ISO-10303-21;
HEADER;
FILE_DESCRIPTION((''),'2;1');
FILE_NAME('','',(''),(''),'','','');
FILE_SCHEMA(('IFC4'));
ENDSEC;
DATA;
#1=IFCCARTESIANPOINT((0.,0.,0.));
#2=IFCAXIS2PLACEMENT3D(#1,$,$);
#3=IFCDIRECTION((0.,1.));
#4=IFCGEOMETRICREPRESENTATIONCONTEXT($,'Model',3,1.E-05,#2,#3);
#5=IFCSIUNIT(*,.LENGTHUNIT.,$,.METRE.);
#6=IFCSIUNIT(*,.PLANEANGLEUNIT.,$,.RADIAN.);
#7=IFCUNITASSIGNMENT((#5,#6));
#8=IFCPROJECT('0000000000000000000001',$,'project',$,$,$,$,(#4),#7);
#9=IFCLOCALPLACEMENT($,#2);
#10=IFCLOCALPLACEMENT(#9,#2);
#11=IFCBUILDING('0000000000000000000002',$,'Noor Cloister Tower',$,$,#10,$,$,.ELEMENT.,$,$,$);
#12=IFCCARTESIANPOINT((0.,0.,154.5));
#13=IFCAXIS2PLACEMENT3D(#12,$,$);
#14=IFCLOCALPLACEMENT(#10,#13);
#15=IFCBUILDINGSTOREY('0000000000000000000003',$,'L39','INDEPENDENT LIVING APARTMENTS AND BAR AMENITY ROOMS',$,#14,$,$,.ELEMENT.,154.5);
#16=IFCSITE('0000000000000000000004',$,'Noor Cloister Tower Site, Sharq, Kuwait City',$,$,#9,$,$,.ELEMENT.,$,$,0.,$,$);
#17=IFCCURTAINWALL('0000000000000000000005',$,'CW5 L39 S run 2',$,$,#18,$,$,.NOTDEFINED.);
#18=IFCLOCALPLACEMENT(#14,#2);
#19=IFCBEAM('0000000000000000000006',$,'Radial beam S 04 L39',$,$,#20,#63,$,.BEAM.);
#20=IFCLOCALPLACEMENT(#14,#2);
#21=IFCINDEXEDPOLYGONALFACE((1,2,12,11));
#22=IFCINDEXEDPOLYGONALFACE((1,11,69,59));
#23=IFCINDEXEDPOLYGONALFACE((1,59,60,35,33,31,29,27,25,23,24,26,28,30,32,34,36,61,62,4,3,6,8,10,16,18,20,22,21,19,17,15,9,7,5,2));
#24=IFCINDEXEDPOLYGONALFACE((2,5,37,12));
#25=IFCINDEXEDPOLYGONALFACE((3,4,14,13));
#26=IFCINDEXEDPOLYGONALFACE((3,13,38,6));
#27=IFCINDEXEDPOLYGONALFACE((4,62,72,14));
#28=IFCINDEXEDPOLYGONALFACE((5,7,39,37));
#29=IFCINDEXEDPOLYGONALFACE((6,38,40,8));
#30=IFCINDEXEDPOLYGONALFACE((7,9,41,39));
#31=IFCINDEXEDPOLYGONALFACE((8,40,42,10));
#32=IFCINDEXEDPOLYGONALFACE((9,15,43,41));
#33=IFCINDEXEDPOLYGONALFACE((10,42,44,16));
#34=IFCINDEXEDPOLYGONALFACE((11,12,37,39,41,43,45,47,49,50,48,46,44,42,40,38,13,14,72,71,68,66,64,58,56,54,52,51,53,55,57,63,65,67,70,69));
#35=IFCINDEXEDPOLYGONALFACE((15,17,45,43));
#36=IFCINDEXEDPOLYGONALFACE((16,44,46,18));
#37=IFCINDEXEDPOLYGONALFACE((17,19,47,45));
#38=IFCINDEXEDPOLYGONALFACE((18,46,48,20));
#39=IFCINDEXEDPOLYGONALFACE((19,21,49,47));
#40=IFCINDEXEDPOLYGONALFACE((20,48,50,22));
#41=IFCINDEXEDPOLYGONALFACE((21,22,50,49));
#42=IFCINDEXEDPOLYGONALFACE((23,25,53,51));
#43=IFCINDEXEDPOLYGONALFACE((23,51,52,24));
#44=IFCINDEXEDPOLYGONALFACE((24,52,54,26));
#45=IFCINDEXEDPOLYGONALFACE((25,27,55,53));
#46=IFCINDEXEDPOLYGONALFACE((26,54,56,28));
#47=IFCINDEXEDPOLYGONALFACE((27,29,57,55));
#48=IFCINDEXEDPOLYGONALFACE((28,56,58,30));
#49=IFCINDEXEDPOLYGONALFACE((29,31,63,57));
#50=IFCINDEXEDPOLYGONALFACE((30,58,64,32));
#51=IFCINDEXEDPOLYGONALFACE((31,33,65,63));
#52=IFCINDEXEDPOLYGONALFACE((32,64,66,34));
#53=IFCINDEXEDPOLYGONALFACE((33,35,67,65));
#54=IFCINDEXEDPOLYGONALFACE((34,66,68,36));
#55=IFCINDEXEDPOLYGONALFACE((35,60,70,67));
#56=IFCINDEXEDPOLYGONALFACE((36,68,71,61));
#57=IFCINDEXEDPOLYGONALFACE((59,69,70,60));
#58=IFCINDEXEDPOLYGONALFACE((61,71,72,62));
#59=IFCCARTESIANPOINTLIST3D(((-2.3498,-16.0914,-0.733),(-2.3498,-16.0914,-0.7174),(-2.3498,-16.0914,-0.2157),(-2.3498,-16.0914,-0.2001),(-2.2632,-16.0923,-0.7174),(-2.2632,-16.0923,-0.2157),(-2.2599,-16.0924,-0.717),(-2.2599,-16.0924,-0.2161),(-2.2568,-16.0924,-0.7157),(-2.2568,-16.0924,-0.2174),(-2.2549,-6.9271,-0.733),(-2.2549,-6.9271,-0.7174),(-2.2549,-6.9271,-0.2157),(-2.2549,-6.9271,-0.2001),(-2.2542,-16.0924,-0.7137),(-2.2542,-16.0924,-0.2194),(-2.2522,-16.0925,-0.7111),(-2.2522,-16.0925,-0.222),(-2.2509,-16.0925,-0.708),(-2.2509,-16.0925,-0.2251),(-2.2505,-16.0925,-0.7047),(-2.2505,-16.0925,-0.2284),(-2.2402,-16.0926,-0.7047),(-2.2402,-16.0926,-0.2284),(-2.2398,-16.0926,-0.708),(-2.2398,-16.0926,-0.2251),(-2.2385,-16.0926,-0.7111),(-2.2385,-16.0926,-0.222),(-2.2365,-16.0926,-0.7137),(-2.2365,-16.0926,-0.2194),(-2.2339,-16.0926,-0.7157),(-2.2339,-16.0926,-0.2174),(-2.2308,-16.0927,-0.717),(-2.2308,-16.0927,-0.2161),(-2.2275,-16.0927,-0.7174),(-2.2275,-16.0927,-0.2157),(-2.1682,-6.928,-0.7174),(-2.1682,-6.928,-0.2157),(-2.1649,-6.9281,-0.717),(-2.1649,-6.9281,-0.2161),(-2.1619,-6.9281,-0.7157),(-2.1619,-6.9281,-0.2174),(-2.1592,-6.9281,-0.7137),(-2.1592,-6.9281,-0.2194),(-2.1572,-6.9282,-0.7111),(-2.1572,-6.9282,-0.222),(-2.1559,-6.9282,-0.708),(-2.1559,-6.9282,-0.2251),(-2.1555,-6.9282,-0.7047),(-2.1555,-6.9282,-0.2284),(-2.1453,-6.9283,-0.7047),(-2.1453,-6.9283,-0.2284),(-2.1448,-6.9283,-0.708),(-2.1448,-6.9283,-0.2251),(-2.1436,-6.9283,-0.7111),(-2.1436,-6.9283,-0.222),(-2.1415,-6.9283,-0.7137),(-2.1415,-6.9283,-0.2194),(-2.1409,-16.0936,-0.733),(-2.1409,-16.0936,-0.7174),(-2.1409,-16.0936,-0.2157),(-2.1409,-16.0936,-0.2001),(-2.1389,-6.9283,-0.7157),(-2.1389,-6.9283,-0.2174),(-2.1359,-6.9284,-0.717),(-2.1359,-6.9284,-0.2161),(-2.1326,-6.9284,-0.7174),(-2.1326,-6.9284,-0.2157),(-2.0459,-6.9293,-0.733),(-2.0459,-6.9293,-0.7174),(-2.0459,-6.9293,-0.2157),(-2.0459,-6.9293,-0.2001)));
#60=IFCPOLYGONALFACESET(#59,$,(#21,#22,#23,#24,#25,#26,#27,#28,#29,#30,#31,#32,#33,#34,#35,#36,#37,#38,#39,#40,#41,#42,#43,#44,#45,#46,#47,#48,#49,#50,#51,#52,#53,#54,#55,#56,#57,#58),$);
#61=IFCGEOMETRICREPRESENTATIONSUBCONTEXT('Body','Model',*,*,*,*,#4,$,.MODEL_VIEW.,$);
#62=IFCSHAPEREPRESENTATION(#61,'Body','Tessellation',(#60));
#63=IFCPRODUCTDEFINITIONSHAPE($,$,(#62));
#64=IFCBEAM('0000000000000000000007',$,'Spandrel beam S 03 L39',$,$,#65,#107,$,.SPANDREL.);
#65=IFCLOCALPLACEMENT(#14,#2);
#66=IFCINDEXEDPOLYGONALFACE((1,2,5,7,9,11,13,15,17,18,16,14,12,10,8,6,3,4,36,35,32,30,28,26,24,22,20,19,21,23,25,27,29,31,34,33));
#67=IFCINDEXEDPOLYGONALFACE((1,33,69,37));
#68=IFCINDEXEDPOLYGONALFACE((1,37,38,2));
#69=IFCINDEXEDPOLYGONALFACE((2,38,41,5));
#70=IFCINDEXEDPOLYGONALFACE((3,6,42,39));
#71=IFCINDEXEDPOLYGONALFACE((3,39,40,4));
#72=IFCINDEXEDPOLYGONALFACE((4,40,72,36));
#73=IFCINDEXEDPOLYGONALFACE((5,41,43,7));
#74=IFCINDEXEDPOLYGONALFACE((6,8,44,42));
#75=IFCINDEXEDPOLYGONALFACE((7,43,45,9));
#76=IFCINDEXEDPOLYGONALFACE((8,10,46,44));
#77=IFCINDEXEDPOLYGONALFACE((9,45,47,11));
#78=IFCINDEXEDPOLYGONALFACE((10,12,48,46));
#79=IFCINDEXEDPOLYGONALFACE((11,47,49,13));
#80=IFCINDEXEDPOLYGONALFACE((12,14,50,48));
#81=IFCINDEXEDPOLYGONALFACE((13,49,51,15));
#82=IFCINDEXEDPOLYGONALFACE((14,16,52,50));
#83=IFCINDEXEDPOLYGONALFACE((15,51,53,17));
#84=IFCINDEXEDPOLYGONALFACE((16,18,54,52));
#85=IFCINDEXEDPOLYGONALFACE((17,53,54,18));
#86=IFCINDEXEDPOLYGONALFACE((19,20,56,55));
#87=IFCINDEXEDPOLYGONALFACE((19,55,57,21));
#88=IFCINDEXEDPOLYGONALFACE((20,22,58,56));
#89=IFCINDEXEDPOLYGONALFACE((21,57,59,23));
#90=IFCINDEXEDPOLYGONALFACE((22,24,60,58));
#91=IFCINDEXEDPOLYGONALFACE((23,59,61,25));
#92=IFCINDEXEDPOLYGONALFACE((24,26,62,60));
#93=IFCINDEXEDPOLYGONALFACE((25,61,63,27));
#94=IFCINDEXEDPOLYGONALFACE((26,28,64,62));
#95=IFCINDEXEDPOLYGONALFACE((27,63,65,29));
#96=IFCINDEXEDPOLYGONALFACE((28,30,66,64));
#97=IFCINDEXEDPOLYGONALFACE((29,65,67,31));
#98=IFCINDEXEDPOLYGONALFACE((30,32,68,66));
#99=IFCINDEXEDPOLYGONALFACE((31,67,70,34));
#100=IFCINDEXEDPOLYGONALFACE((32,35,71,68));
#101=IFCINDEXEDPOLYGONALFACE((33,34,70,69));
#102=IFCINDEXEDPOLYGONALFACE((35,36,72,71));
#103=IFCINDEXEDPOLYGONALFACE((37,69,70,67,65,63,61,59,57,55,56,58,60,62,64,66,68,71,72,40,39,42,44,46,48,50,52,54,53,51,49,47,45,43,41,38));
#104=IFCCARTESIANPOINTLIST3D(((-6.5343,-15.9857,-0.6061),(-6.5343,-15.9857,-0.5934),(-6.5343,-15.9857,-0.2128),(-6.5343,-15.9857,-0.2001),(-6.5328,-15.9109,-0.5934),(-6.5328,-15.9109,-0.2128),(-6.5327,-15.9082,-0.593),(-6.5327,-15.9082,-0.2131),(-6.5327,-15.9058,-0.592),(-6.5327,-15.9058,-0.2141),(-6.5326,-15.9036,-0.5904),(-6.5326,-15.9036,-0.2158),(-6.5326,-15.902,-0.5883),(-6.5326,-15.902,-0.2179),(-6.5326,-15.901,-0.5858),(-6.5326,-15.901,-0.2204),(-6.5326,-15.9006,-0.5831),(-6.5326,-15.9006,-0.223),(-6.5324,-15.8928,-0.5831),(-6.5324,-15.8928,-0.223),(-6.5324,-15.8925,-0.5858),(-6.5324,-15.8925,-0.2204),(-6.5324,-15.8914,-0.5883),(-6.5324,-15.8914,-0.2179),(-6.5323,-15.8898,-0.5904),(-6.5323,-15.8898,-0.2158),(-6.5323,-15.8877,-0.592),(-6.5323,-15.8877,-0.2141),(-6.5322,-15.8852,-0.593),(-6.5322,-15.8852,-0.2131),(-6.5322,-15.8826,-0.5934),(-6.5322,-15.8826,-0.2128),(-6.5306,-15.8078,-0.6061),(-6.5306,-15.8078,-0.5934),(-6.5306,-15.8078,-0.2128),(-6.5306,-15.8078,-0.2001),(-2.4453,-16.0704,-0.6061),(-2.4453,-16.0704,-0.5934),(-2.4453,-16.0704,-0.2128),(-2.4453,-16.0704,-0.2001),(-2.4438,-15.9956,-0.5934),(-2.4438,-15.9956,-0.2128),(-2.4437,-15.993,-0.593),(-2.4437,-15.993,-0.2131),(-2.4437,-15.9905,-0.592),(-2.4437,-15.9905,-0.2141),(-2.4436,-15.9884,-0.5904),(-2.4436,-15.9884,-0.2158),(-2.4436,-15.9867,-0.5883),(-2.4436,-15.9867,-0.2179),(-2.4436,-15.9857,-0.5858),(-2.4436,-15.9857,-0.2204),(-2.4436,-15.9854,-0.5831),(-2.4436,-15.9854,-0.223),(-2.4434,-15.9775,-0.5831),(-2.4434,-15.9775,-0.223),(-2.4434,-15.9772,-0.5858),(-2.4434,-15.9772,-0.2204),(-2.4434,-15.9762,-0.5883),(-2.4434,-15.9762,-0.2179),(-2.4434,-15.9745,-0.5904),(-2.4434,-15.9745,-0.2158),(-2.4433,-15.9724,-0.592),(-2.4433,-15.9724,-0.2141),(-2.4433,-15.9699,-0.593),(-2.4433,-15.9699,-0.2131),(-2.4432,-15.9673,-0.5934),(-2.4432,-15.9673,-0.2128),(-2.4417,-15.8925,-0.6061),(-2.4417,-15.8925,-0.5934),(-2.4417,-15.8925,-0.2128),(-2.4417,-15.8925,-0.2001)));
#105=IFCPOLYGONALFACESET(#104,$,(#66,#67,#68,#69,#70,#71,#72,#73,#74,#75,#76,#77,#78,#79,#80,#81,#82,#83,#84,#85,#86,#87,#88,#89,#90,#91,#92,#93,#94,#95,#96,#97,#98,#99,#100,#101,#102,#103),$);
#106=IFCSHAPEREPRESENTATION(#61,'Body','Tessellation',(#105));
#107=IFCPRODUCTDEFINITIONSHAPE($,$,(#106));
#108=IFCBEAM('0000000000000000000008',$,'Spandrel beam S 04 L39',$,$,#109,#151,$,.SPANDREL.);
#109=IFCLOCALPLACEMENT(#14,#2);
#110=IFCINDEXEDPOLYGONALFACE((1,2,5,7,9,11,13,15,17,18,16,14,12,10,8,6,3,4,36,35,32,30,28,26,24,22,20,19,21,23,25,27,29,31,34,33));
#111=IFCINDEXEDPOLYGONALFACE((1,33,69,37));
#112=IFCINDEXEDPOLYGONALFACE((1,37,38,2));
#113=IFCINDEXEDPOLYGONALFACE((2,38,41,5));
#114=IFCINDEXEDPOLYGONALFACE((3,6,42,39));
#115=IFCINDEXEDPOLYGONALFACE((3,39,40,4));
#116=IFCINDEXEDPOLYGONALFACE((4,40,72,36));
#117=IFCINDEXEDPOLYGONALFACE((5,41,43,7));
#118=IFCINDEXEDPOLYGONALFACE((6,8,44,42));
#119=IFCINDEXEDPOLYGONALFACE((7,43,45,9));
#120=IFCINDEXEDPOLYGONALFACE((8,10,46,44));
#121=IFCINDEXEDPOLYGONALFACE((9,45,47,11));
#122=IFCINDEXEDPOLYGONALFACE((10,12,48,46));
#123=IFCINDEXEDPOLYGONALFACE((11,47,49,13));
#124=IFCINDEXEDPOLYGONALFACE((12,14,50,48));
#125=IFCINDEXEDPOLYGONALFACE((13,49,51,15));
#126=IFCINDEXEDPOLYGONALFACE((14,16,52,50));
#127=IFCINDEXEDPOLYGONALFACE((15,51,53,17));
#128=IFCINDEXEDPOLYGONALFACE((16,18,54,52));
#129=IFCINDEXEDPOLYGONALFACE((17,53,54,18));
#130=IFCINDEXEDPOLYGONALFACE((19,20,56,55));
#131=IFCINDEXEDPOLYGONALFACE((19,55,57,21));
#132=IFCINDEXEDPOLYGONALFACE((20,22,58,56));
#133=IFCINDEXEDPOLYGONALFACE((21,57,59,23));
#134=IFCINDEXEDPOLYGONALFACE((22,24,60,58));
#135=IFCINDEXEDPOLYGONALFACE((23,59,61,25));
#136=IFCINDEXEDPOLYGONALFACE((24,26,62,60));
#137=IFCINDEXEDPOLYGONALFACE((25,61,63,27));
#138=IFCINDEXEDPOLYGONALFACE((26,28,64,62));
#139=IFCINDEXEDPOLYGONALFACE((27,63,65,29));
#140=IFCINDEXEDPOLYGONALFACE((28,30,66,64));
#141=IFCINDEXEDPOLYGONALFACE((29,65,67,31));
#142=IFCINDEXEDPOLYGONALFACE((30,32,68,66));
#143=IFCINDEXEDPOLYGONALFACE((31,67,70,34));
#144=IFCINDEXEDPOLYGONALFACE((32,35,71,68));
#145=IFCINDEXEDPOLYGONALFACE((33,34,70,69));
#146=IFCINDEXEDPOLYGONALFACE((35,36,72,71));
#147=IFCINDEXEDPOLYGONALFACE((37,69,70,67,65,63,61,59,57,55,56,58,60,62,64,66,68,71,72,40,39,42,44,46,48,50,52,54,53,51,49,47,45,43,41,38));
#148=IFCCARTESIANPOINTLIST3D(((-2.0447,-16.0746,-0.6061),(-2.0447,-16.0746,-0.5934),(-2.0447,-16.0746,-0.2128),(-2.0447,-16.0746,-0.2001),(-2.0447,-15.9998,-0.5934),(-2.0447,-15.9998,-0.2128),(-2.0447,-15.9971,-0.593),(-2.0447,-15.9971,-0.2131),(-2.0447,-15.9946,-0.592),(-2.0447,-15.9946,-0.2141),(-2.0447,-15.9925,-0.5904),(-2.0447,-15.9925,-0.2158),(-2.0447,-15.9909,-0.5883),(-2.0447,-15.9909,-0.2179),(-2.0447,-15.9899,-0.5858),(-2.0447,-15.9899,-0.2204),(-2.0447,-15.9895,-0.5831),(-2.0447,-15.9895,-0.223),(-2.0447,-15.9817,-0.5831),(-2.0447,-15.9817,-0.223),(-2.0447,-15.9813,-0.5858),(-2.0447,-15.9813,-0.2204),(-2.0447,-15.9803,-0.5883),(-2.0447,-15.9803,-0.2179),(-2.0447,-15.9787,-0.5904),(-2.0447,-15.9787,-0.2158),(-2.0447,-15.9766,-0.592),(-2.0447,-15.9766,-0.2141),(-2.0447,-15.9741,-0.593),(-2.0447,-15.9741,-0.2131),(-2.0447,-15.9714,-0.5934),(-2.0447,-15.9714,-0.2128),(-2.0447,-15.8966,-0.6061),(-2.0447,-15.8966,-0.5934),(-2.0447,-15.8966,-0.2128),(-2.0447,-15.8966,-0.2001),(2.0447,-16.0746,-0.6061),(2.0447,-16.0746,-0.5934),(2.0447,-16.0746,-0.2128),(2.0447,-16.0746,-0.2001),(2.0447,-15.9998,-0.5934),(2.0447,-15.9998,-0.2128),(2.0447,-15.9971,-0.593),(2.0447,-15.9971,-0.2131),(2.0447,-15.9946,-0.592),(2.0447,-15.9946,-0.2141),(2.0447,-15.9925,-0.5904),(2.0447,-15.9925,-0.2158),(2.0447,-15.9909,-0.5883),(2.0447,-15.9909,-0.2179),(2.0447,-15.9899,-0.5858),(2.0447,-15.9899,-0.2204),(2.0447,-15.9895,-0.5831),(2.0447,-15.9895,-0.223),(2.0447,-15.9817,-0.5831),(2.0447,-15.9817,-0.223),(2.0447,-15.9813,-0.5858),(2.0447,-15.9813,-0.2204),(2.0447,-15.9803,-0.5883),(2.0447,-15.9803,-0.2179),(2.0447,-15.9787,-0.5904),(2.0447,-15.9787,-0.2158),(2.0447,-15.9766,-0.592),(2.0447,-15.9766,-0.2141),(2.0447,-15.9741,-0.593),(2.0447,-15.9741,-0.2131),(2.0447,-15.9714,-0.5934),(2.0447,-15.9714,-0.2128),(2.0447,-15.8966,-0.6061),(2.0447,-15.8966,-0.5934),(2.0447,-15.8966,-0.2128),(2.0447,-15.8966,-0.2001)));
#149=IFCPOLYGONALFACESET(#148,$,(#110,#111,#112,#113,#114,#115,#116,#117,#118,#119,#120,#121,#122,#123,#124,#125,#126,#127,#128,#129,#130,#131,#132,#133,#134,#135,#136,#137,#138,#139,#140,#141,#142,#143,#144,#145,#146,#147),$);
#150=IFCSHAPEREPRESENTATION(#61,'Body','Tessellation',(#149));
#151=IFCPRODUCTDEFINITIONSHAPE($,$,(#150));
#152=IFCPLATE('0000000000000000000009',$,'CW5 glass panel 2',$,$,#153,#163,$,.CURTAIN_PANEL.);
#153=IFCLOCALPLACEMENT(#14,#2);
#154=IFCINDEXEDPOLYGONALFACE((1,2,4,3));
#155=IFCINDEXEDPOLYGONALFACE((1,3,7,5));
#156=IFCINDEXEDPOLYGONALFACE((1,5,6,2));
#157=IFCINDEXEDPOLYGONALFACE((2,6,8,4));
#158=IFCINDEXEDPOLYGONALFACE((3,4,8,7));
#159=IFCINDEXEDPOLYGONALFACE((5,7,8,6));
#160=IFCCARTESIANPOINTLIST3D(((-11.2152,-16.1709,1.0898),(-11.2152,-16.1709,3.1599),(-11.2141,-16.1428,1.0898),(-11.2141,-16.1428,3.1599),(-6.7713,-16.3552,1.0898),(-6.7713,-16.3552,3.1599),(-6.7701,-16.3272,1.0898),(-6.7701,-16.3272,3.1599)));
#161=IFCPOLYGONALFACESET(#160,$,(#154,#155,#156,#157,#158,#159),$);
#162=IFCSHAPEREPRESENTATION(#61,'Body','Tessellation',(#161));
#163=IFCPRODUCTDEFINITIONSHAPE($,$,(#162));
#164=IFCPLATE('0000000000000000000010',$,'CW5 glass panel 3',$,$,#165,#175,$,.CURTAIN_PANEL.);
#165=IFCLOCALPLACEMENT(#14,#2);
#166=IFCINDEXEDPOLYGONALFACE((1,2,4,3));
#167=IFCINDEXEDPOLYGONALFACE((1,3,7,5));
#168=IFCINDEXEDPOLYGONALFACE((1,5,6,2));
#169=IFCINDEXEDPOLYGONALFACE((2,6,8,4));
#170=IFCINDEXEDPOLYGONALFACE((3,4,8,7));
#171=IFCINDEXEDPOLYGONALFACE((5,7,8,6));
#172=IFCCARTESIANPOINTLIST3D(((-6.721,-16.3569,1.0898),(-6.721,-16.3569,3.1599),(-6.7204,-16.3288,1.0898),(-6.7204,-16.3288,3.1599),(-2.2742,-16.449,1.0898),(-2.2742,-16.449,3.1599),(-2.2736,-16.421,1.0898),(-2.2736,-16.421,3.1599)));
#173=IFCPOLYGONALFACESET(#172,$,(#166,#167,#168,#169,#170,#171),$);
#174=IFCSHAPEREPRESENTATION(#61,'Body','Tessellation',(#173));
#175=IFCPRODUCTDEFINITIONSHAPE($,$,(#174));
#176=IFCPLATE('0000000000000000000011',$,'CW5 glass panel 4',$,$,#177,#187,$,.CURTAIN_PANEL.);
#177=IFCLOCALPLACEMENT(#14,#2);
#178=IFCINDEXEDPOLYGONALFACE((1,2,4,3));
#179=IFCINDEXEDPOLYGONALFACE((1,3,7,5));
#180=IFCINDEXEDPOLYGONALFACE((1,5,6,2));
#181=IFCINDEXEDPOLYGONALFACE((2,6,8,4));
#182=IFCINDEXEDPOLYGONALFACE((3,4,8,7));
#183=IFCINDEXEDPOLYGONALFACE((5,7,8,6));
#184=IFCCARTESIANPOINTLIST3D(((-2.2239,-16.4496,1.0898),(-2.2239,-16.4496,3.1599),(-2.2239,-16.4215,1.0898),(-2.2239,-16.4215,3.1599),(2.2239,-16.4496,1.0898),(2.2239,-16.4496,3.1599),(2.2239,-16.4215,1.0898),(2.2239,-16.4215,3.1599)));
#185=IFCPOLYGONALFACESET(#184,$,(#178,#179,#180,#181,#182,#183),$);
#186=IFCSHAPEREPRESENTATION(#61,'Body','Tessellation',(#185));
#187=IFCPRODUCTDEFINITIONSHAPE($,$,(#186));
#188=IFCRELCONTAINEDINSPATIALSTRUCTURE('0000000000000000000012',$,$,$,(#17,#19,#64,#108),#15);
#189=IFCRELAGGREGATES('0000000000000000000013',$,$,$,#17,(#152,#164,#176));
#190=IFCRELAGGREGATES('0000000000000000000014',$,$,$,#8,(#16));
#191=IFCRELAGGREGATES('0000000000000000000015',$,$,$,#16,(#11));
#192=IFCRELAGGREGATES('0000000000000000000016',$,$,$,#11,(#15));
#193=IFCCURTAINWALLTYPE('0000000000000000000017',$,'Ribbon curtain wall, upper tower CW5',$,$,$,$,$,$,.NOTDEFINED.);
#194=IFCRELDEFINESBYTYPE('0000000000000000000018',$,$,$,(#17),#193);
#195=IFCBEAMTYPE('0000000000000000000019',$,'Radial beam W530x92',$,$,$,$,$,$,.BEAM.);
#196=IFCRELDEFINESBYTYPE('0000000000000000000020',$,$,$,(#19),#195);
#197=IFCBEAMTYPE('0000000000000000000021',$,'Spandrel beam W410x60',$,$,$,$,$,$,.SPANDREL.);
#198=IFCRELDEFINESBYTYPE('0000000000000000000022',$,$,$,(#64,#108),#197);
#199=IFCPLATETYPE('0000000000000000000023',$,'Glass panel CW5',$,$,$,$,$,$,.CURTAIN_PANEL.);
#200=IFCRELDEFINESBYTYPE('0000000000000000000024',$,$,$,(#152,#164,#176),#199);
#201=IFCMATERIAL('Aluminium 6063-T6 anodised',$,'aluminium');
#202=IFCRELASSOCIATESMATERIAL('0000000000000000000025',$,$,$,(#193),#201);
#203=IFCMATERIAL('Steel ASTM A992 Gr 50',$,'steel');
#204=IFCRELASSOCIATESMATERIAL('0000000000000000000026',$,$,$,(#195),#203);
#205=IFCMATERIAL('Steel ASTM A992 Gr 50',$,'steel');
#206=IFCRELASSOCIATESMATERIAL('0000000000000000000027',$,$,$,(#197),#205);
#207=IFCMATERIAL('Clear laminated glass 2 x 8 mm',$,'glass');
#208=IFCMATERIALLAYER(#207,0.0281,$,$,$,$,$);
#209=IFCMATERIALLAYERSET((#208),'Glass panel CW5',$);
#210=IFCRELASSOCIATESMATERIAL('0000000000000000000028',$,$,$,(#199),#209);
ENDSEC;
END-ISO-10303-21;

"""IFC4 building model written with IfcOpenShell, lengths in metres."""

from ifc_helpers import new_model, si_unit, direction, frame, origin, origin_2d, place, context, subcontext, project, spatial, rectangle, i_section, extrude, material, layer, layer_set, material_profile, profile_set, type_object, element, aggregate, save


model = new_model("IFC4")

# Units and contexts
model_context = context("Model", 3, precision=1e-05, world=origin(), true_north=direction((0.0, 1.0)))
body_context = subcontext(model_context, "Body", "Model", "MODEL_VIEW")
ifc_project = project(units=[si_unit("LENGTHUNIT", "METRE"), si_unit("PLANEANGLEUNIT", "RADIAN")], contexts=[model_context])

# Site, building, storey
site_placement = place(None, origin())
site = spatial("IfcSite", under=ifc_project, at=site_placement, Name="Noor Cloister Tower Site, Sharq, Kuwait City", CompositionType="ELEMENT", RefElevation=0.0)
building_placement = place(site_placement, origin())
building = spatial("IfcBuilding", under=site, at=building_placement, Name="Noor Cloister Tower", CompositionType="ELEMENT")
storey_placement = place(building_placement, frame((0.0, 0.0, 154.5)))
storey = spatial("IfcBuildingStorey", under=building, at=storey_placement, Name="L39", Description="INDEPENDENT LIVING APARTMENTS AND BAR AMENITY ROOMS", CompositionType="ELEMENT", Elevation=154.5)

# Curtain wall
ifc_material_1 = material(Name="Aluminium 6063-T6 anodised", Category="aluminium")
curtain_wall_type = type_object("IfcCurtainWallType", Name="Ribbon curtain wall, upper tower CW5", PredefinedType="NOTDEFINED", material=ifc_material_1)
curtain_wall_placement = place(storey_placement, origin())
curtain_wall = element("IfcCurtainWall", 1, at=curtain_wall_placement, inside=storey, type_object=curtain_wall_type, Name="CW5 L39 S run 2", PredefinedType="NOTDEFINED")

# Beams
ifc_material_2 = material(Name="Steel ASTM A992 Gr 50", Category="steel")
ifc_material_profile_1 = material_profile(ifc_material_2, i_section(OverallWidth=0.209, OverallDepth=0.533, WebThickness=0.0103, FlangeThickness=0.0156, FilletRadius=0.0127, at=origin_2d()), Name="W530x92")
ifc_profile_set_1 = profile_set([ifc_material_profile_1], Name="Steel ASTM A992 Gr 50")
beam_type_1 = type_object("IfcBeamType", Name="Radial beam W530x92", PredefinedType="BEAM", material=ifc_profile_set_1)
beam_1_placement = place(storey_placement, frame((-2.2454, -16.0925, -0.4666), z_axis=(0.010363, 0.999946, 0.0), x_axis=(-0.999946, 0.010363, 0.0)))
element("IfcBeam", 2, at=beam_1_placement, inside=storey, type_object=beam_type_1, Name="Radial beam S 04 L39", PredefinedType="BEAM", context=body_context, shape_type="SweptSolid", body=[
    extrude(i_section(OverallWidth=0.209, OverallDepth=0.533, WebThickness=0.0103, FlangeThickness=0.0156, FilletRadius=0.0127, at=origin_2d()), origin(), (0.0, 0.0, 1.0), 9.1648),
])
ifc_material_3 = material(Name="Steel ASTM A992 Gr 50", Category="steel")
ifc_material_profile_2 = material_profile(ifc_material_3, i_section(OverallWidth=0.178, OverallDepth=0.406, WebThickness=0.0078, FlangeThickness=0.0127, FilletRadius=0.0103, at=origin_2d()), Name="W410x60")
ifc_profile_set_2 = profile_set([ifc_material_profile_2], Name="Steel ASTM A992 Gr 50")
beam_type_2 = type_object("IfcBeamType", Name="Spandrel beam W410x60", PredefinedType="SPANDREL", material=ifc_profile_set_2)
beam_2_placement = place(storey_placement, frame((-6.5325, -15.8967, -0.4031), z_axis=(0.999785, -0.020714, 0.0), x_axis=(0.020714, 0.999785, 0.0)))
element("IfcBeam", 3, at=beam_2_placement, inside=storey, type_object=beam_type_2, Name="Spandrel beam S 03 L39", PredefinedType="SPANDREL", context=body_context, shape_type="SweptSolid", body=[
    extrude(i_section(OverallWidth=0.178, OverallDepth=0.406, WebThickness=0.0078, FlangeThickness=0.0127, FilletRadius=0.0103, at=origin_2d()), origin(), (0.0, 0.0, 1.0), 4.0898),
])
beam_3_placement = place(storey_placement, frame((-2.0447, -15.9856, -0.4031), z_axis=(1.0, 0.0, 0.0), x_axis=(0.0, 1.0, 0.0)))
element("IfcBeam", 4, at=beam_3_placement, inside=storey, type_object=beam_type_2, Name="Spandrel beam S 04 L39", PredefinedType="SPANDREL", context=body_context, shape_type="SweptSolid", body=[
    extrude(i_section(OverallWidth=0.178, OverallDepth=0.406, WebThickness=0.0078, FlangeThickness=0.0127, FilletRadius=0.0103, at=origin_2d()), origin(), (0.0, 0.0, 1.0), 4.0894),
])

# Plates
ifc_material_4 = material(Name="Clear laminated glass 2 x 8 mm", Category="glass")
ifc_layer = layer(ifc_material_4, 0.0281)
ifc_layer_set = layer_set([ifc_layer], Name="Glass panel CW5")
plate_type = type_object("IfcPlateType", Name="Glass panel CW5", PredefinedType="CURTAIN_PANEL", material=ifc_layer_set)
plate_1_placement = place(storey_placement, frame((-8.9927, -16.249, 1.0898), z_axis=(0.0, 0.0, 1.0), x_axis=(0.999141, -0.041446, 0.0)))
plate_1 = element("IfcPlate", 5, at=plate_1_placement, type_object=plate_type, Name="CW5 glass panel 2", PredefinedType="CURTAIN_PANEL", context=body_context, shape_type="SweptSolid", body=[
    extrude(rectangle(XDim=4.4478, YDim=0.0281, at=origin_2d()), origin(), (0.0, 0.0, 1.0), 2.0701),
])
plate_2_placement = place(storey_placement, frame((-4.4973, -16.3889, 1.0898), z_axis=(0.0, 0.0, 1.0), x_axis=(0.999785, -0.020727, 0.0)))
plate_2 = element("IfcPlate", 6, at=plate_2_placement, type_object=plate_type, Name="CW5 glass panel 3", PredefinedType="CURTAIN_PANEL", context=body_context, shape_type="SweptSolid", body=[
    extrude(rectangle(XDim=4.4478, YDim=0.0281, at=origin_2d()), origin(), (0.0, 0.0, 1.0), 2.0701),
])
plate_3_placement = place(storey_placement, frame((0.0, -16.4355, 1.0898), z_axis=(0.0, 0.0, 1.0), x_axis=(1.0, 0.0, 0.0)))
plate_3 = element("IfcPlate", 7, at=plate_3_placement, type_object=plate_type, Name="CW5 glass panel 4", PredefinedType="CURTAIN_PANEL", context=body_context, shape_type="SweptSolid", body=[
    extrude(rectangle(XDim=4.4478, YDim=0.0281, at=origin_2d()), origin(), (0.0, 0.0, 1.0), 2.0701),
])
aggregate(curtain_wall, [plate_1, plate_2, plate_3])

save(model, "model.ifc")
